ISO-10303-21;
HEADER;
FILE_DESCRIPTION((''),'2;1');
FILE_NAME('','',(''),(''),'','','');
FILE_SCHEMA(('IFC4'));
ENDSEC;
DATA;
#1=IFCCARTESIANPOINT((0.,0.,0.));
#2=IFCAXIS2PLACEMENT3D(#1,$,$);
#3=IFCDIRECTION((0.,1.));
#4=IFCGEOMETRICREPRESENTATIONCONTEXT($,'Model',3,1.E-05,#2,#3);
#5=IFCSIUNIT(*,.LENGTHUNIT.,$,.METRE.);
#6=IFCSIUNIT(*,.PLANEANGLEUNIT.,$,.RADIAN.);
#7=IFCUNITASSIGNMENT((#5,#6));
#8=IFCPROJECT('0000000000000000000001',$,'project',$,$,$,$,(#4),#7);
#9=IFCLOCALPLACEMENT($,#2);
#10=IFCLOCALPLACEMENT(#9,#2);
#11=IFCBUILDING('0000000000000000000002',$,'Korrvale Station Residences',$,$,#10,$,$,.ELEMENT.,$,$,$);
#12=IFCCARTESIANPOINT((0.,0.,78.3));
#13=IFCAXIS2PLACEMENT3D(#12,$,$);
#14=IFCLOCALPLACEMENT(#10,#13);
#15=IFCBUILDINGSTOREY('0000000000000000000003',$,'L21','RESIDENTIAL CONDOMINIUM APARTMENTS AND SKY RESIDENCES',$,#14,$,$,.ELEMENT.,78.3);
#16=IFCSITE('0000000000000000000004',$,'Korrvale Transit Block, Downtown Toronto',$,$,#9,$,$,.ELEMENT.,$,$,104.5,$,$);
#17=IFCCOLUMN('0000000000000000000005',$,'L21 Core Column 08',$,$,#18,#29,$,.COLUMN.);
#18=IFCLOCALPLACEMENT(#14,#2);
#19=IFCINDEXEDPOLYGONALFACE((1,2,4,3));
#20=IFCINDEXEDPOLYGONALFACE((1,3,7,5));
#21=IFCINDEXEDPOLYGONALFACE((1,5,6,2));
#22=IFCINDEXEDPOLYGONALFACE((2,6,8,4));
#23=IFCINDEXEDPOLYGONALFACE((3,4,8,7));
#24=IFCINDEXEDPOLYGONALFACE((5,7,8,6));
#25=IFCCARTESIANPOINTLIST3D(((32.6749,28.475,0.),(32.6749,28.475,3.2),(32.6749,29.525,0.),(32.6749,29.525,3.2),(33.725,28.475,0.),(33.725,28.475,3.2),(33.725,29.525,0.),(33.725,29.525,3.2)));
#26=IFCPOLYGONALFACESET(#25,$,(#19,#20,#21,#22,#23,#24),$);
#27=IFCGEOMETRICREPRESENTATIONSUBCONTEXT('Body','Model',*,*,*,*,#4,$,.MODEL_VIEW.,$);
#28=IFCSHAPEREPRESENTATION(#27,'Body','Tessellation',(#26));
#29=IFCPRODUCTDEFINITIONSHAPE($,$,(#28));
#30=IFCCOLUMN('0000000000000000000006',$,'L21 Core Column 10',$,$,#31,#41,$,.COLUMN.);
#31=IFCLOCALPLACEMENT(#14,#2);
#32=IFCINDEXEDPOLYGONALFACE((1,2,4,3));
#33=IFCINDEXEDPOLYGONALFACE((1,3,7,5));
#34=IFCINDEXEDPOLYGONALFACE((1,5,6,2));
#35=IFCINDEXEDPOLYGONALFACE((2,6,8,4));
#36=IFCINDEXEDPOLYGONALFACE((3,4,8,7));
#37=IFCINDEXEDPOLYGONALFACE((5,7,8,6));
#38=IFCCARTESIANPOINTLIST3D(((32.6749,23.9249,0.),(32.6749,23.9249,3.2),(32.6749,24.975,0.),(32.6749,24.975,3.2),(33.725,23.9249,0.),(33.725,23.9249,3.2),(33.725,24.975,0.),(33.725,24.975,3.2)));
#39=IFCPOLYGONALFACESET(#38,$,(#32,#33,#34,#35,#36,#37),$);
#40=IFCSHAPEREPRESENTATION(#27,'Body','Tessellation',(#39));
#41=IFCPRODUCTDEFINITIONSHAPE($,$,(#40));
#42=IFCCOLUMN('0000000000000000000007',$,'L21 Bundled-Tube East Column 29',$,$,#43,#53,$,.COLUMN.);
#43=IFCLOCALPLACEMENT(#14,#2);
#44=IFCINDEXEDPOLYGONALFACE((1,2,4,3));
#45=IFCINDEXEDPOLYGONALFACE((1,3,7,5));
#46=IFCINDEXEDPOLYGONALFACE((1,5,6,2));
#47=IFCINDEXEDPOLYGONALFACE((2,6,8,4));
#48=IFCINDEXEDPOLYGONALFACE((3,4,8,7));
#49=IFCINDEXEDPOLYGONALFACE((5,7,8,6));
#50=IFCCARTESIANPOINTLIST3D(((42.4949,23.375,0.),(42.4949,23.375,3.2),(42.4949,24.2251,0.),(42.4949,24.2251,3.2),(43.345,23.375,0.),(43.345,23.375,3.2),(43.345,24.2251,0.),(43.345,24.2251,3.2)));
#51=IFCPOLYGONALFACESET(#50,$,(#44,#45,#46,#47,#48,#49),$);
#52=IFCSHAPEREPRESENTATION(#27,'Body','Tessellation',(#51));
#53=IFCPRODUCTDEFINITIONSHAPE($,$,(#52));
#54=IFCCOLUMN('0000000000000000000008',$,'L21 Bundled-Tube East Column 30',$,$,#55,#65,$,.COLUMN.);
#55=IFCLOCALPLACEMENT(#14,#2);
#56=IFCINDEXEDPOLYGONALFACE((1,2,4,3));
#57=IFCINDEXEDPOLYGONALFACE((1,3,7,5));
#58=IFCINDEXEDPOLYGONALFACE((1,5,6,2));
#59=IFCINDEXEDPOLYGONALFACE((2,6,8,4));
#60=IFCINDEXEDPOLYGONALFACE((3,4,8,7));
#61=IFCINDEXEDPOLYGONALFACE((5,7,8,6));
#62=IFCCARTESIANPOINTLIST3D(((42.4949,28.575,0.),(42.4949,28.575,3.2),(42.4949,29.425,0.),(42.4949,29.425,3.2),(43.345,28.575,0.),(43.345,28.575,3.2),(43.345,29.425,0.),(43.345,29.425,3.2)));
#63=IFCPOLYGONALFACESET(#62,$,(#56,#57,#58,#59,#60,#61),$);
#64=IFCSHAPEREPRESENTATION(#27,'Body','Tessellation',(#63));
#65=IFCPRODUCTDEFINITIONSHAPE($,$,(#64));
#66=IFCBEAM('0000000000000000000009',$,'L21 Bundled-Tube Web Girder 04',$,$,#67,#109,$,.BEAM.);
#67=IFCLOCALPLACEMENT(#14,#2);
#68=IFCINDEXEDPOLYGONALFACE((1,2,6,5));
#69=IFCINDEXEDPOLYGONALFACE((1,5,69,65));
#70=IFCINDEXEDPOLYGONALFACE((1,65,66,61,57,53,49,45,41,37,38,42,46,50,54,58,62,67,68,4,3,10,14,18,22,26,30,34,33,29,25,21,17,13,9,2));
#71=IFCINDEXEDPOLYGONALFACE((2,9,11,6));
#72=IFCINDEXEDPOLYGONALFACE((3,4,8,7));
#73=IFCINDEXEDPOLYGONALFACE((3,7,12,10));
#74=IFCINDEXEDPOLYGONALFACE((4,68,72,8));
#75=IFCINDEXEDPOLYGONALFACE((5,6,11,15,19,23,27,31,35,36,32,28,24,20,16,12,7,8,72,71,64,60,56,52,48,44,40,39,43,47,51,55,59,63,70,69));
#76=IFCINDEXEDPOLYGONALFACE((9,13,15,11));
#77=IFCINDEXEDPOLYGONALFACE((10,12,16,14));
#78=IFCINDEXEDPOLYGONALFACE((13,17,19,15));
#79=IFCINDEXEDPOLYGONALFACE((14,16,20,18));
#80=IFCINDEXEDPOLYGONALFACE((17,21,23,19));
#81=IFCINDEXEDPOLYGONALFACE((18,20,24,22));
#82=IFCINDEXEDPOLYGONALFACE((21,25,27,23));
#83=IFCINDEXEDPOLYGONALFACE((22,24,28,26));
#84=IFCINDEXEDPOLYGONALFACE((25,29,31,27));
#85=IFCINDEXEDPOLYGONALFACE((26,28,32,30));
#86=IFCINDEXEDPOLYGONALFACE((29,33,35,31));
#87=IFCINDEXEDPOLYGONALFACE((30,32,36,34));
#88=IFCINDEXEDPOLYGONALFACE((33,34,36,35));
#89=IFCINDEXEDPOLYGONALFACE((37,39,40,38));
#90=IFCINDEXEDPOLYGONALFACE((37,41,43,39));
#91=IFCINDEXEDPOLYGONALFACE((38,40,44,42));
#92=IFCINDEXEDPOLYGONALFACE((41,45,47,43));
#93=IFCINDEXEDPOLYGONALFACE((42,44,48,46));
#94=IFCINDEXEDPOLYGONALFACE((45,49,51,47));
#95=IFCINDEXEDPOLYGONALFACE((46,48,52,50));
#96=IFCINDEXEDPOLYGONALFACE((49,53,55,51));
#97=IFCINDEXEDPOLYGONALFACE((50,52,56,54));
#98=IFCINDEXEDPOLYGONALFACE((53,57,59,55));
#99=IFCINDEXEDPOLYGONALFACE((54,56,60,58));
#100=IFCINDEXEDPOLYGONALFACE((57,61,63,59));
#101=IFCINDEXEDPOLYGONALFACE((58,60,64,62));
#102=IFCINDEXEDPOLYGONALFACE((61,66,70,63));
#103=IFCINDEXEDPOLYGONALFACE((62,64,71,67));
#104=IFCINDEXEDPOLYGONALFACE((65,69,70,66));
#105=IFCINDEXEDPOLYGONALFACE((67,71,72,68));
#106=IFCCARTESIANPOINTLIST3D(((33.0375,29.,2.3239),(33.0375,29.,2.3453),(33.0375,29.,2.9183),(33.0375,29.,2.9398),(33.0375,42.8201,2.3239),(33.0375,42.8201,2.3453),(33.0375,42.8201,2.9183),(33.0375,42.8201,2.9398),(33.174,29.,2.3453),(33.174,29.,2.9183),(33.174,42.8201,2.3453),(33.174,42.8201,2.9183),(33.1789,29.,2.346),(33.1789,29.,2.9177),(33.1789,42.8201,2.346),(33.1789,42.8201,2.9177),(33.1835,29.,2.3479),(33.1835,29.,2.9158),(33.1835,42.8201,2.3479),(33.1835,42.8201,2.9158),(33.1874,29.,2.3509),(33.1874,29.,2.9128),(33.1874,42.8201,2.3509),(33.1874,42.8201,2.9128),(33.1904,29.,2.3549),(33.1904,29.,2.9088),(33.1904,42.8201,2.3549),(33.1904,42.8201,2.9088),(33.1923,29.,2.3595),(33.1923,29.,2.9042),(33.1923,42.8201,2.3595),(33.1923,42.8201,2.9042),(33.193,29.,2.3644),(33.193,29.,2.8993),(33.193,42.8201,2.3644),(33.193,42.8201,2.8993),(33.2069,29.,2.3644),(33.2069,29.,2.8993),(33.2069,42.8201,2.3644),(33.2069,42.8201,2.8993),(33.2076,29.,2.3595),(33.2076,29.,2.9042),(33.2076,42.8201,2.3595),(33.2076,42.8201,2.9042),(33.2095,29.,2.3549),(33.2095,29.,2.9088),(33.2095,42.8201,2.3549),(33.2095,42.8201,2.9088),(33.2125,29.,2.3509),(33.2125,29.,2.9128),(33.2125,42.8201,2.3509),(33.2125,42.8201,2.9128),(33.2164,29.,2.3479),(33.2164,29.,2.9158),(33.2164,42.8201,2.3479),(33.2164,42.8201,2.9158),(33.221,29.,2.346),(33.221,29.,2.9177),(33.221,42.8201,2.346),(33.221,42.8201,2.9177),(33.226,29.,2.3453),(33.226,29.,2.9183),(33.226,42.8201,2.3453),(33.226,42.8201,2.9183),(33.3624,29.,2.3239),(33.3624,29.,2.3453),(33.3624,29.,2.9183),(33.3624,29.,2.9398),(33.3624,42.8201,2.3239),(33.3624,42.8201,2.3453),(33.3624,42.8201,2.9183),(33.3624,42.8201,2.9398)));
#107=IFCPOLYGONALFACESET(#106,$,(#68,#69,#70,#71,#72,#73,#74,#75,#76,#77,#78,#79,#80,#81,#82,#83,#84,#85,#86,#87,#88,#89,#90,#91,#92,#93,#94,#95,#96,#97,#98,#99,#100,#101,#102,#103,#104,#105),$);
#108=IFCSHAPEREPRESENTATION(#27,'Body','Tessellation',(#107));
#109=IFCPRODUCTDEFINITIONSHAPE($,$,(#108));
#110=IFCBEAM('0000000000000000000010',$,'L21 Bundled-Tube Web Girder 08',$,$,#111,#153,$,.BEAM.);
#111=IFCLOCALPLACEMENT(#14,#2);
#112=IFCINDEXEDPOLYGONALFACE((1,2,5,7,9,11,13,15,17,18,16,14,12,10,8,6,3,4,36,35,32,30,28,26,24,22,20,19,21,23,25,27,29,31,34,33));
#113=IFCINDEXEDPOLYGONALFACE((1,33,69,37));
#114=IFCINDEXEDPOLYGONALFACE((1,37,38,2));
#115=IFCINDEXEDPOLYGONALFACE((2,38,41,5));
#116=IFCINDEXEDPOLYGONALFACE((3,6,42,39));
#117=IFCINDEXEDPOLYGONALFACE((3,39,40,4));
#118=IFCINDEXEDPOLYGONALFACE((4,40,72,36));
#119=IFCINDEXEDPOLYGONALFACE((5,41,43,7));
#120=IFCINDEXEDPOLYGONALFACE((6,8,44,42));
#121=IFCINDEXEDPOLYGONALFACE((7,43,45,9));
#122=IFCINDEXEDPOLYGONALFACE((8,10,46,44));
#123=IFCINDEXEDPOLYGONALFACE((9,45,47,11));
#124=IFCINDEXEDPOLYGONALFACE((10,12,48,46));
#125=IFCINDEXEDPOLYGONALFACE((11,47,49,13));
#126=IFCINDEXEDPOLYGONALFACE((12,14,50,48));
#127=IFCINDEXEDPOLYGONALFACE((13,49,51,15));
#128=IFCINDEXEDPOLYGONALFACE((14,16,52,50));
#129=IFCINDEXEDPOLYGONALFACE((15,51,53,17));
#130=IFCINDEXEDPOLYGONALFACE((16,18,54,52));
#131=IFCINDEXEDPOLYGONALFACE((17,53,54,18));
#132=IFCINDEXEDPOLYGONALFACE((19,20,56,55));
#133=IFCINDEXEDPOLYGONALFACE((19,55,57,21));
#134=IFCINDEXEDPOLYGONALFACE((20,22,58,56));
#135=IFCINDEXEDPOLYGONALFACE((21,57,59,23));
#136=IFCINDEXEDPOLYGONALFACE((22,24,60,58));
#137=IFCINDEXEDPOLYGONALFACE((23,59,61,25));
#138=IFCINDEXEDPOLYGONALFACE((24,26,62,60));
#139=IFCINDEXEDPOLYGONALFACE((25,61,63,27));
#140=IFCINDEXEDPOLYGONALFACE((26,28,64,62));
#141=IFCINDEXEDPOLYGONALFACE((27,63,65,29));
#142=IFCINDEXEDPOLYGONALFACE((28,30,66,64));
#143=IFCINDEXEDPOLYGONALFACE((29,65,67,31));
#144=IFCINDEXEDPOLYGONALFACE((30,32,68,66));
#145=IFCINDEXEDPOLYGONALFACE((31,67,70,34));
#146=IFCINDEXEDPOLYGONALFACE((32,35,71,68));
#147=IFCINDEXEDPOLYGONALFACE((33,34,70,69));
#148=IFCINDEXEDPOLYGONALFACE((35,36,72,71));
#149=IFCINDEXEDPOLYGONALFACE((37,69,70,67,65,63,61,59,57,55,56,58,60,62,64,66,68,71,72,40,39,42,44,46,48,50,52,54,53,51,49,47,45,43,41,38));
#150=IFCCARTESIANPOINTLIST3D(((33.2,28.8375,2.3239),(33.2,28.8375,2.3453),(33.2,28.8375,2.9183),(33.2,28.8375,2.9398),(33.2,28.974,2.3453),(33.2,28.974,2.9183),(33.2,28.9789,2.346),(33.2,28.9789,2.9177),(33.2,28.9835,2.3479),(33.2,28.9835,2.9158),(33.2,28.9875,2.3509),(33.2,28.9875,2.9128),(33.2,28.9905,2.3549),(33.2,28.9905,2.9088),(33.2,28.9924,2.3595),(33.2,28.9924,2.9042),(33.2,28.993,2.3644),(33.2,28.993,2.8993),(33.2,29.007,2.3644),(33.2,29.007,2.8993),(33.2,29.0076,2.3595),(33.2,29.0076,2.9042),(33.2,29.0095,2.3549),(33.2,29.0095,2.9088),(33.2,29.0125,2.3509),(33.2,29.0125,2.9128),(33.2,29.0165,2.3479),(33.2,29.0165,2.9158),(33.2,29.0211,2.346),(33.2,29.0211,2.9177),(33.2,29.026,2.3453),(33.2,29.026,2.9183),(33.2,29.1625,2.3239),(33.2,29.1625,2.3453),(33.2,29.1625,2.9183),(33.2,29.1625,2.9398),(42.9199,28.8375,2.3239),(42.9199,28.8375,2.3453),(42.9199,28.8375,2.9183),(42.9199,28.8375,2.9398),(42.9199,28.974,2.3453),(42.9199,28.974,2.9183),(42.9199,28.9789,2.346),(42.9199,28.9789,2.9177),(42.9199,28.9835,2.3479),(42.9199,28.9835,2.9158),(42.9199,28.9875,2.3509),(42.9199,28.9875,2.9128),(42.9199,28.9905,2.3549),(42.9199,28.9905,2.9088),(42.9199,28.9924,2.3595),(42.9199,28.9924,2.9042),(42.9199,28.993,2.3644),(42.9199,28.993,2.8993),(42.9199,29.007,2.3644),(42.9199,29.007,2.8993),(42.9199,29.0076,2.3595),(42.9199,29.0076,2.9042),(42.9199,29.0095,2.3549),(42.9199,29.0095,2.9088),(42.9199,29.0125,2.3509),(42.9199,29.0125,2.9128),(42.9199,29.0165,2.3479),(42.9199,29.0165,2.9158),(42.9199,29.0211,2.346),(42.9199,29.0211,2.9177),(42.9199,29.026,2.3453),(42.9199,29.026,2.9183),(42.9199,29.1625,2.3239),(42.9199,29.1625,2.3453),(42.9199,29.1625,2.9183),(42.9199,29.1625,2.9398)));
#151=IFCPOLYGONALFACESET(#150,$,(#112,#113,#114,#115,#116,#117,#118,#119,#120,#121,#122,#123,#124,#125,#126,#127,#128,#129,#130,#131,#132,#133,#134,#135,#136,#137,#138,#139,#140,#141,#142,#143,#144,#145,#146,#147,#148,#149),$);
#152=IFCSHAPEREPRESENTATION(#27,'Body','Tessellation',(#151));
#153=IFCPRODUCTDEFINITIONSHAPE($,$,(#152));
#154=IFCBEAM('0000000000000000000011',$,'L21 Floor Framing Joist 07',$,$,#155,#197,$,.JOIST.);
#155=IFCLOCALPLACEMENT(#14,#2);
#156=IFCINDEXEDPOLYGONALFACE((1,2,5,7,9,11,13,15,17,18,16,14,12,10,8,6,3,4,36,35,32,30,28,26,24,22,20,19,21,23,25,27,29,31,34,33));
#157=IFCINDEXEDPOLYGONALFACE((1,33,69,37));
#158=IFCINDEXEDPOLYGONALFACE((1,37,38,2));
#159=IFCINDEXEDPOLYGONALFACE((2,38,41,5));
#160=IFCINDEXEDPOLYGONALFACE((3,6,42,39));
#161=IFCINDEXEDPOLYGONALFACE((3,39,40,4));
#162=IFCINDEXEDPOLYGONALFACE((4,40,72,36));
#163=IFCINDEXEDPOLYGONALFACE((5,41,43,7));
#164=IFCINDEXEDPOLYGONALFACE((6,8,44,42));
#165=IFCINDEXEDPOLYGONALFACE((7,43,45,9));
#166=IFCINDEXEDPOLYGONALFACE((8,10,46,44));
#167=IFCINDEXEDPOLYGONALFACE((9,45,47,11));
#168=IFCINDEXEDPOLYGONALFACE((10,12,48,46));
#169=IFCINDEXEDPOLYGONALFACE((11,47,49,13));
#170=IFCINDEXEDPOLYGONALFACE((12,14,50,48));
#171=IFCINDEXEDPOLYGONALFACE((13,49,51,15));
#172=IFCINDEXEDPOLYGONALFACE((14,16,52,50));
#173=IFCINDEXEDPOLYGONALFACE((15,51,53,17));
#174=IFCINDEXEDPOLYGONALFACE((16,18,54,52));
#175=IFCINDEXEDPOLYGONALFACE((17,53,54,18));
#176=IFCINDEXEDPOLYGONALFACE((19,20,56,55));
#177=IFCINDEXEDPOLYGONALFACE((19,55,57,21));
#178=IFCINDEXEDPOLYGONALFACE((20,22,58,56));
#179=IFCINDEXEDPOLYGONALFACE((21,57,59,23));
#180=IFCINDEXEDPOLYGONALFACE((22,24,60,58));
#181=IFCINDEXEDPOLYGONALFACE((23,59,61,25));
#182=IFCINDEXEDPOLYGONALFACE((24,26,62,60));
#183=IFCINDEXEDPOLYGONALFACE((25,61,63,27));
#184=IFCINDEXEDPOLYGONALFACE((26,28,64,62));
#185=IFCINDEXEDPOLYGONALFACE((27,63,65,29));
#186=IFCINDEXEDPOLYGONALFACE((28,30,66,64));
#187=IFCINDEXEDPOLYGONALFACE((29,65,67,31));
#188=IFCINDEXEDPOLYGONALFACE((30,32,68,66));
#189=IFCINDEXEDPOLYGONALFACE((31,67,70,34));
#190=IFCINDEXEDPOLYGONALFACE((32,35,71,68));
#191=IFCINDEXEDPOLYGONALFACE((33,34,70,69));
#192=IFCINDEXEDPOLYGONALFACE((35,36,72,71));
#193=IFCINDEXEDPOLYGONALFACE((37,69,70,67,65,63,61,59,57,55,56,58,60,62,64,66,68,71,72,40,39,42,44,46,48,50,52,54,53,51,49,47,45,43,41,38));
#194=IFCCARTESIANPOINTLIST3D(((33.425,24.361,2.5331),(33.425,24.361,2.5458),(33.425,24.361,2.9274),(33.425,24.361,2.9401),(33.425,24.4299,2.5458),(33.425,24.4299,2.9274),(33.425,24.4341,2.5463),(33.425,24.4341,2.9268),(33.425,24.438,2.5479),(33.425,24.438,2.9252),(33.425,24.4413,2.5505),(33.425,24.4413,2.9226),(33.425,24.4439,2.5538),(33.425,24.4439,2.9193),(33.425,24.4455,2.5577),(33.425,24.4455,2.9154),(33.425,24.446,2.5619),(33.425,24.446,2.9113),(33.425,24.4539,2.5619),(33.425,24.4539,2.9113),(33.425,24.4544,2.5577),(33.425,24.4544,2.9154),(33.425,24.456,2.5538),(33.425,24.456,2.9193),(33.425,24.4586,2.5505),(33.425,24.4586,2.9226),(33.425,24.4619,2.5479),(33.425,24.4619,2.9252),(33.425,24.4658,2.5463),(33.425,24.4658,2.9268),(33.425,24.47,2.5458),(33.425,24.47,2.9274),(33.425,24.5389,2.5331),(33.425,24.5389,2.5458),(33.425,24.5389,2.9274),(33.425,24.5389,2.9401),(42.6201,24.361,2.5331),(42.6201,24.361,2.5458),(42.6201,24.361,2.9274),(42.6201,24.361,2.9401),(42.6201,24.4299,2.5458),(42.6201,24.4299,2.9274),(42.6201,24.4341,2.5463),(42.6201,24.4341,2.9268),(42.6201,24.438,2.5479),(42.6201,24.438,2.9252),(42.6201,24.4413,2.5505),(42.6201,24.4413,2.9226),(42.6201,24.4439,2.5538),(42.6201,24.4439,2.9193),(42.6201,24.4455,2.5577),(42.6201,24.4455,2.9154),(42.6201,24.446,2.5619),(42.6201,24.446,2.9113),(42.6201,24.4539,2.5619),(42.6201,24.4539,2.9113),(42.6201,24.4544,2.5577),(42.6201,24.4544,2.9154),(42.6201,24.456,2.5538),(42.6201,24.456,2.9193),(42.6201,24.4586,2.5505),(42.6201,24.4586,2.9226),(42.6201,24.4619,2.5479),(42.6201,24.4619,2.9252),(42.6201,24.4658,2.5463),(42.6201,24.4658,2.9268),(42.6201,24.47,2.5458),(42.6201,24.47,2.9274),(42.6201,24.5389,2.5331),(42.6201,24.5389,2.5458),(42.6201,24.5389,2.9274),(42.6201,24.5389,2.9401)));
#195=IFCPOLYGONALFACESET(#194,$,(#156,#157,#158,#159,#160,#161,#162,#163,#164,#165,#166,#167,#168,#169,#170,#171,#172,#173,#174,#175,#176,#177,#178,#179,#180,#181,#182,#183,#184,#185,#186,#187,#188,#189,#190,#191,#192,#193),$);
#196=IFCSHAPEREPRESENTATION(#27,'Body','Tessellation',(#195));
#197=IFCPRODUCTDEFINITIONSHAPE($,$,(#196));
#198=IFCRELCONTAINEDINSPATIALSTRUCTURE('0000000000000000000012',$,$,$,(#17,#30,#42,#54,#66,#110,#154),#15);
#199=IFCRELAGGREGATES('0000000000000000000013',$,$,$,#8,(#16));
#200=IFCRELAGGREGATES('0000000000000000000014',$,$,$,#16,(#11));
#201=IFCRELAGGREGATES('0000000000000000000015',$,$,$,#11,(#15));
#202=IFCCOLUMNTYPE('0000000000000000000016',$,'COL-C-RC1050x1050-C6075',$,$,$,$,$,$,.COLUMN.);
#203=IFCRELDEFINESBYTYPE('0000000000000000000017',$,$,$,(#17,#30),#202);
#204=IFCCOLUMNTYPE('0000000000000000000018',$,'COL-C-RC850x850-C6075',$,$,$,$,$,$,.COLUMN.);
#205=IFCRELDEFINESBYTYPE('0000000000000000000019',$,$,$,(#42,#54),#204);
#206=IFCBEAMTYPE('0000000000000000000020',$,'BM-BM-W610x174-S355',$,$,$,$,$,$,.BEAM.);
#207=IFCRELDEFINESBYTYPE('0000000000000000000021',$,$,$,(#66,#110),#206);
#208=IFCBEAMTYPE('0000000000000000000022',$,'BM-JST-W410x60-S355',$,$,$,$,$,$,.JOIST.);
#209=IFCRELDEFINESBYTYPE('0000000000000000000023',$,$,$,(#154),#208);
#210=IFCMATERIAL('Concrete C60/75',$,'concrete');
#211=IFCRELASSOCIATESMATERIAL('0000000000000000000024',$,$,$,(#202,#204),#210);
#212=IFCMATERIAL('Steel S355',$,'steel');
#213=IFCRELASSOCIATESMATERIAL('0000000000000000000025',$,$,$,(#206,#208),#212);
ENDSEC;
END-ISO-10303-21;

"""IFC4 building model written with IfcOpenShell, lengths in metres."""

from ifc_helpers import new_model, si_unit, direction, frame, origin, origin_2d, place, context, subcontext, project, spatial, rectangle, i_section, extrude, material, material_profile, profile_set, type_object, element, save


model = new_model("IFC4")

# Units and contexts
model_context = context("Model", 3, precision=1e-05, world=origin(), true_north=direction((0.0, 1.0)))
body_context = subcontext(model_context, "Body", "Model", "MODEL_VIEW")
ifc_project = project(units=[si_unit("LENGTHUNIT", "METRE"), si_unit("PLANEANGLEUNIT", "RADIAN")], contexts=[model_context])

# Site, building, storey
site_placement = place(None, origin())
site = spatial("IfcSite", under=ifc_project, at=site_placement, Name="Korrvale Transit Block, Downtown Toronto", CompositionType="ELEMENT", RefElevation=104.5)
building_placement = place(site_placement, origin())
building = spatial("IfcBuilding", under=site, at=building_placement, Name="Korrvale Station Residences", CompositionType="ELEMENT")
storey_placement = place(building_placement, frame((0.0, 0.0, 78.3)))
storey = spatial("IfcBuildingStorey", under=building, at=storey_placement, Name="L21", Description="RESIDENTIAL CONDOMINIUM APARTMENTS AND SKY RESIDENCES", CompositionType="ELEMENT", Elevation=78.3)

# Columns
ifc_material_1 = material(Name="Concrete C60/75", Category="concrete")
ifc_material_profile_1 = material_profile(ifc_material_1, rectangle(XDim=1.05, YDim=1.05, at=origin_2d()), Name="RC1050x1050")
ifc_profile_set_1 = profile_set([ifc_material_profile_1], Name="Concrete C60/75")
column_type_1 = type_object("IfcColumnType", Name="COL-C-RC1050x1050-C6075", PredefinedType="COLUMN", material=ifc_profile_set_1)
for number, where, z_axis, x_axis, name in (
    (1, (33.2, 29.0, 0.0), (0.0, 0.0, 1.0), (1.0, 0.0, 0.0), "L21 Core Column 08"),
    (2, (33.2, 24.45, 0.0), (0.0, 0.0, 1.0), (1.0, 0.0, 0.0), "L21 Core Column 10"),
):
    element("IfcColumn", number, at=place(storey_placement, frame(where, z_axis=z_axis, x_axis=x_axis)), inside=storey, type_object=column_type_1, Name=name, PredefinedType="COLUMN", context=body_context, shape_type="SweptSolid", body=[
        extrude(rectangle(XDim=1.05, YDim=1.05, at=origin_2d()), origin(), (0.0, 0.0, 1.0), 3.2),
    ])
ifc_material_profile_2 = material_profile(ifc_material_1, rectangle(XDim=0.8501, YDim=0.8501, at=origin_2d()), Name="RC850x850")
ifc_profile_set_2 = profile_set([ifc_material_profile_2], Name="Concrete C60/75")
column_type_2 = type_object("IfcColumnType", Name="COL-C-RC850x850-C6075", PredefinedType="COLUMN", material=ifc_profile_set_2)
for number, where, z_axis, x_axis, name in (
    (3, (42.9199, 23.8, 0.0), (0.0, 0.0, 1.0), (1.0, 0.0, 0.0), "L21 Bundled-Tube East Column 29"),
    (4, (42.9199, 29.0, 0.0), (0.0, 0.0, 1.0), (1.0, 0.0, 0.0), "L21 Bundled-Tube East Column 30"),
):
    element("IfcColumn", number, at=place(storey_placement, frame(where, z_axis=z_axis, x_axis=x_axis)), inside=storey, type_object=column_type_2, Name=name, PredefinedType="COLUMN", context=body_context, shape_type="SweptSolid", body=[
        extrude(rectangle(XDim=0.8501, YDim=0.8501, at=origin_2d()), origin(), (0.0, 0.0, 1.0), 3.2),
    ])

# Beams
ifc_material_2 = material(Name="Steel S355", Category="steel")
ifc_material_profile_3 = material_profile(ifc_material_2, i_section(OverallWidth=0.325, OverallDepth=0.616, WebThickness=0.0139, FlangeThickness=0.0215, FilletRadius=0.019, at=origin_2d()), Name="W610x174")
ifc_profile_set_3 = profile_set([ifc_material_profile_3], Name="Steel S355")
beam_type_1 = type_object("IfcBeamType", Name="BM-BM-W610x174-S355", PredefinedType="BEAM", material=ifc_profile_set_3)
beam_1_placement = place(storey_placement, frame((33.2, 29.0, 2.6318), z_axis=(0.0, 1.0, 0.0), x_axis=(-1.0, 0.0, 0.0)))
element("IfcBeam", 5, at=beam_1_placement, inside=storey, type_object=beam_type_1, Name="L21 Bundled-Tube Web Girder 04", PredefinedType="BEAM", context=body_context, shape_type="SweptSolid", body=[
    extrude(i_section(OverallWidth=0.325, OverallDepth=0.616, WebThickness=0.0139, FlangeThickness=0.0215, FilletRadius=0.019, at=origin_2d()), origin(), (0.0, 0.0, 1.0), 13.8201),
])
beam_2_placement = place(storey_placement, frame((33.2, 29.0, 2.6318), z_axis=(1.0, 0.0, 0.0), x_axis=(0.0, 1.0, 0.0)))
element("IfcBeam", 6, at=beam_2_placement, inside=storey, type_object=beam_type_1, Name="L21 Bundled-Tube Web Girder 08", PredefinedType="BEAM", context=body_context, shape_type="SweptSolid", body=[
    extrude(i_section(OverallWidth=0.325, OverallDepth=0.616, WebThickness=0.0139, FlangeThickness=0.0215, FilletRadius=0.019, at=origin_2d()), origin(), (0.0, 0.0, 1.0), 9.72),
])
ifc_material_profile_4 = material_profile(ifc_material_2, i_section(OverallWidth=0.178, OverallDepth=0.407, WebThickness=0.0078, FlangeThickness=0.0127, FilletRadius=0.0161, at=origin_2d()), Name="W410x60")
ifc_profile_set_4 = profile_set([ifc_material_profile_4], Name="Steel S355")
beam_type_2 = type_object("IfcBeamType", Name="BM-JST-W410x60-S355", PredefinedType="JOIST", material=ifc_profile_set_4)
beam_3_placement = place(storey_placement, frame((33.425, 24.45, 2.7366), z_axis=(1.0, 0.0, 0.0), x_axis=(0.0, 1.0, 0.0)))
element("IfcBeam", 7, at=beam_3_placement, inside=storey, type_object=beam_type_2, Name="L21 Floor Framing Joist 07", PredefinedType="JOIST", context=body_context, shape_type="SweptSolid", body=[
    extrude(i_section(OverallWidth=0.178, OverallDepth=0.407, WebThickness=0.0078, FlangeThickness=0.0127, FilletRadius=0.0161, at=origin_2d()), origin(), (0.0, 0.0, 1.0), 9.1951),
])

save(model, "model.ifc")
